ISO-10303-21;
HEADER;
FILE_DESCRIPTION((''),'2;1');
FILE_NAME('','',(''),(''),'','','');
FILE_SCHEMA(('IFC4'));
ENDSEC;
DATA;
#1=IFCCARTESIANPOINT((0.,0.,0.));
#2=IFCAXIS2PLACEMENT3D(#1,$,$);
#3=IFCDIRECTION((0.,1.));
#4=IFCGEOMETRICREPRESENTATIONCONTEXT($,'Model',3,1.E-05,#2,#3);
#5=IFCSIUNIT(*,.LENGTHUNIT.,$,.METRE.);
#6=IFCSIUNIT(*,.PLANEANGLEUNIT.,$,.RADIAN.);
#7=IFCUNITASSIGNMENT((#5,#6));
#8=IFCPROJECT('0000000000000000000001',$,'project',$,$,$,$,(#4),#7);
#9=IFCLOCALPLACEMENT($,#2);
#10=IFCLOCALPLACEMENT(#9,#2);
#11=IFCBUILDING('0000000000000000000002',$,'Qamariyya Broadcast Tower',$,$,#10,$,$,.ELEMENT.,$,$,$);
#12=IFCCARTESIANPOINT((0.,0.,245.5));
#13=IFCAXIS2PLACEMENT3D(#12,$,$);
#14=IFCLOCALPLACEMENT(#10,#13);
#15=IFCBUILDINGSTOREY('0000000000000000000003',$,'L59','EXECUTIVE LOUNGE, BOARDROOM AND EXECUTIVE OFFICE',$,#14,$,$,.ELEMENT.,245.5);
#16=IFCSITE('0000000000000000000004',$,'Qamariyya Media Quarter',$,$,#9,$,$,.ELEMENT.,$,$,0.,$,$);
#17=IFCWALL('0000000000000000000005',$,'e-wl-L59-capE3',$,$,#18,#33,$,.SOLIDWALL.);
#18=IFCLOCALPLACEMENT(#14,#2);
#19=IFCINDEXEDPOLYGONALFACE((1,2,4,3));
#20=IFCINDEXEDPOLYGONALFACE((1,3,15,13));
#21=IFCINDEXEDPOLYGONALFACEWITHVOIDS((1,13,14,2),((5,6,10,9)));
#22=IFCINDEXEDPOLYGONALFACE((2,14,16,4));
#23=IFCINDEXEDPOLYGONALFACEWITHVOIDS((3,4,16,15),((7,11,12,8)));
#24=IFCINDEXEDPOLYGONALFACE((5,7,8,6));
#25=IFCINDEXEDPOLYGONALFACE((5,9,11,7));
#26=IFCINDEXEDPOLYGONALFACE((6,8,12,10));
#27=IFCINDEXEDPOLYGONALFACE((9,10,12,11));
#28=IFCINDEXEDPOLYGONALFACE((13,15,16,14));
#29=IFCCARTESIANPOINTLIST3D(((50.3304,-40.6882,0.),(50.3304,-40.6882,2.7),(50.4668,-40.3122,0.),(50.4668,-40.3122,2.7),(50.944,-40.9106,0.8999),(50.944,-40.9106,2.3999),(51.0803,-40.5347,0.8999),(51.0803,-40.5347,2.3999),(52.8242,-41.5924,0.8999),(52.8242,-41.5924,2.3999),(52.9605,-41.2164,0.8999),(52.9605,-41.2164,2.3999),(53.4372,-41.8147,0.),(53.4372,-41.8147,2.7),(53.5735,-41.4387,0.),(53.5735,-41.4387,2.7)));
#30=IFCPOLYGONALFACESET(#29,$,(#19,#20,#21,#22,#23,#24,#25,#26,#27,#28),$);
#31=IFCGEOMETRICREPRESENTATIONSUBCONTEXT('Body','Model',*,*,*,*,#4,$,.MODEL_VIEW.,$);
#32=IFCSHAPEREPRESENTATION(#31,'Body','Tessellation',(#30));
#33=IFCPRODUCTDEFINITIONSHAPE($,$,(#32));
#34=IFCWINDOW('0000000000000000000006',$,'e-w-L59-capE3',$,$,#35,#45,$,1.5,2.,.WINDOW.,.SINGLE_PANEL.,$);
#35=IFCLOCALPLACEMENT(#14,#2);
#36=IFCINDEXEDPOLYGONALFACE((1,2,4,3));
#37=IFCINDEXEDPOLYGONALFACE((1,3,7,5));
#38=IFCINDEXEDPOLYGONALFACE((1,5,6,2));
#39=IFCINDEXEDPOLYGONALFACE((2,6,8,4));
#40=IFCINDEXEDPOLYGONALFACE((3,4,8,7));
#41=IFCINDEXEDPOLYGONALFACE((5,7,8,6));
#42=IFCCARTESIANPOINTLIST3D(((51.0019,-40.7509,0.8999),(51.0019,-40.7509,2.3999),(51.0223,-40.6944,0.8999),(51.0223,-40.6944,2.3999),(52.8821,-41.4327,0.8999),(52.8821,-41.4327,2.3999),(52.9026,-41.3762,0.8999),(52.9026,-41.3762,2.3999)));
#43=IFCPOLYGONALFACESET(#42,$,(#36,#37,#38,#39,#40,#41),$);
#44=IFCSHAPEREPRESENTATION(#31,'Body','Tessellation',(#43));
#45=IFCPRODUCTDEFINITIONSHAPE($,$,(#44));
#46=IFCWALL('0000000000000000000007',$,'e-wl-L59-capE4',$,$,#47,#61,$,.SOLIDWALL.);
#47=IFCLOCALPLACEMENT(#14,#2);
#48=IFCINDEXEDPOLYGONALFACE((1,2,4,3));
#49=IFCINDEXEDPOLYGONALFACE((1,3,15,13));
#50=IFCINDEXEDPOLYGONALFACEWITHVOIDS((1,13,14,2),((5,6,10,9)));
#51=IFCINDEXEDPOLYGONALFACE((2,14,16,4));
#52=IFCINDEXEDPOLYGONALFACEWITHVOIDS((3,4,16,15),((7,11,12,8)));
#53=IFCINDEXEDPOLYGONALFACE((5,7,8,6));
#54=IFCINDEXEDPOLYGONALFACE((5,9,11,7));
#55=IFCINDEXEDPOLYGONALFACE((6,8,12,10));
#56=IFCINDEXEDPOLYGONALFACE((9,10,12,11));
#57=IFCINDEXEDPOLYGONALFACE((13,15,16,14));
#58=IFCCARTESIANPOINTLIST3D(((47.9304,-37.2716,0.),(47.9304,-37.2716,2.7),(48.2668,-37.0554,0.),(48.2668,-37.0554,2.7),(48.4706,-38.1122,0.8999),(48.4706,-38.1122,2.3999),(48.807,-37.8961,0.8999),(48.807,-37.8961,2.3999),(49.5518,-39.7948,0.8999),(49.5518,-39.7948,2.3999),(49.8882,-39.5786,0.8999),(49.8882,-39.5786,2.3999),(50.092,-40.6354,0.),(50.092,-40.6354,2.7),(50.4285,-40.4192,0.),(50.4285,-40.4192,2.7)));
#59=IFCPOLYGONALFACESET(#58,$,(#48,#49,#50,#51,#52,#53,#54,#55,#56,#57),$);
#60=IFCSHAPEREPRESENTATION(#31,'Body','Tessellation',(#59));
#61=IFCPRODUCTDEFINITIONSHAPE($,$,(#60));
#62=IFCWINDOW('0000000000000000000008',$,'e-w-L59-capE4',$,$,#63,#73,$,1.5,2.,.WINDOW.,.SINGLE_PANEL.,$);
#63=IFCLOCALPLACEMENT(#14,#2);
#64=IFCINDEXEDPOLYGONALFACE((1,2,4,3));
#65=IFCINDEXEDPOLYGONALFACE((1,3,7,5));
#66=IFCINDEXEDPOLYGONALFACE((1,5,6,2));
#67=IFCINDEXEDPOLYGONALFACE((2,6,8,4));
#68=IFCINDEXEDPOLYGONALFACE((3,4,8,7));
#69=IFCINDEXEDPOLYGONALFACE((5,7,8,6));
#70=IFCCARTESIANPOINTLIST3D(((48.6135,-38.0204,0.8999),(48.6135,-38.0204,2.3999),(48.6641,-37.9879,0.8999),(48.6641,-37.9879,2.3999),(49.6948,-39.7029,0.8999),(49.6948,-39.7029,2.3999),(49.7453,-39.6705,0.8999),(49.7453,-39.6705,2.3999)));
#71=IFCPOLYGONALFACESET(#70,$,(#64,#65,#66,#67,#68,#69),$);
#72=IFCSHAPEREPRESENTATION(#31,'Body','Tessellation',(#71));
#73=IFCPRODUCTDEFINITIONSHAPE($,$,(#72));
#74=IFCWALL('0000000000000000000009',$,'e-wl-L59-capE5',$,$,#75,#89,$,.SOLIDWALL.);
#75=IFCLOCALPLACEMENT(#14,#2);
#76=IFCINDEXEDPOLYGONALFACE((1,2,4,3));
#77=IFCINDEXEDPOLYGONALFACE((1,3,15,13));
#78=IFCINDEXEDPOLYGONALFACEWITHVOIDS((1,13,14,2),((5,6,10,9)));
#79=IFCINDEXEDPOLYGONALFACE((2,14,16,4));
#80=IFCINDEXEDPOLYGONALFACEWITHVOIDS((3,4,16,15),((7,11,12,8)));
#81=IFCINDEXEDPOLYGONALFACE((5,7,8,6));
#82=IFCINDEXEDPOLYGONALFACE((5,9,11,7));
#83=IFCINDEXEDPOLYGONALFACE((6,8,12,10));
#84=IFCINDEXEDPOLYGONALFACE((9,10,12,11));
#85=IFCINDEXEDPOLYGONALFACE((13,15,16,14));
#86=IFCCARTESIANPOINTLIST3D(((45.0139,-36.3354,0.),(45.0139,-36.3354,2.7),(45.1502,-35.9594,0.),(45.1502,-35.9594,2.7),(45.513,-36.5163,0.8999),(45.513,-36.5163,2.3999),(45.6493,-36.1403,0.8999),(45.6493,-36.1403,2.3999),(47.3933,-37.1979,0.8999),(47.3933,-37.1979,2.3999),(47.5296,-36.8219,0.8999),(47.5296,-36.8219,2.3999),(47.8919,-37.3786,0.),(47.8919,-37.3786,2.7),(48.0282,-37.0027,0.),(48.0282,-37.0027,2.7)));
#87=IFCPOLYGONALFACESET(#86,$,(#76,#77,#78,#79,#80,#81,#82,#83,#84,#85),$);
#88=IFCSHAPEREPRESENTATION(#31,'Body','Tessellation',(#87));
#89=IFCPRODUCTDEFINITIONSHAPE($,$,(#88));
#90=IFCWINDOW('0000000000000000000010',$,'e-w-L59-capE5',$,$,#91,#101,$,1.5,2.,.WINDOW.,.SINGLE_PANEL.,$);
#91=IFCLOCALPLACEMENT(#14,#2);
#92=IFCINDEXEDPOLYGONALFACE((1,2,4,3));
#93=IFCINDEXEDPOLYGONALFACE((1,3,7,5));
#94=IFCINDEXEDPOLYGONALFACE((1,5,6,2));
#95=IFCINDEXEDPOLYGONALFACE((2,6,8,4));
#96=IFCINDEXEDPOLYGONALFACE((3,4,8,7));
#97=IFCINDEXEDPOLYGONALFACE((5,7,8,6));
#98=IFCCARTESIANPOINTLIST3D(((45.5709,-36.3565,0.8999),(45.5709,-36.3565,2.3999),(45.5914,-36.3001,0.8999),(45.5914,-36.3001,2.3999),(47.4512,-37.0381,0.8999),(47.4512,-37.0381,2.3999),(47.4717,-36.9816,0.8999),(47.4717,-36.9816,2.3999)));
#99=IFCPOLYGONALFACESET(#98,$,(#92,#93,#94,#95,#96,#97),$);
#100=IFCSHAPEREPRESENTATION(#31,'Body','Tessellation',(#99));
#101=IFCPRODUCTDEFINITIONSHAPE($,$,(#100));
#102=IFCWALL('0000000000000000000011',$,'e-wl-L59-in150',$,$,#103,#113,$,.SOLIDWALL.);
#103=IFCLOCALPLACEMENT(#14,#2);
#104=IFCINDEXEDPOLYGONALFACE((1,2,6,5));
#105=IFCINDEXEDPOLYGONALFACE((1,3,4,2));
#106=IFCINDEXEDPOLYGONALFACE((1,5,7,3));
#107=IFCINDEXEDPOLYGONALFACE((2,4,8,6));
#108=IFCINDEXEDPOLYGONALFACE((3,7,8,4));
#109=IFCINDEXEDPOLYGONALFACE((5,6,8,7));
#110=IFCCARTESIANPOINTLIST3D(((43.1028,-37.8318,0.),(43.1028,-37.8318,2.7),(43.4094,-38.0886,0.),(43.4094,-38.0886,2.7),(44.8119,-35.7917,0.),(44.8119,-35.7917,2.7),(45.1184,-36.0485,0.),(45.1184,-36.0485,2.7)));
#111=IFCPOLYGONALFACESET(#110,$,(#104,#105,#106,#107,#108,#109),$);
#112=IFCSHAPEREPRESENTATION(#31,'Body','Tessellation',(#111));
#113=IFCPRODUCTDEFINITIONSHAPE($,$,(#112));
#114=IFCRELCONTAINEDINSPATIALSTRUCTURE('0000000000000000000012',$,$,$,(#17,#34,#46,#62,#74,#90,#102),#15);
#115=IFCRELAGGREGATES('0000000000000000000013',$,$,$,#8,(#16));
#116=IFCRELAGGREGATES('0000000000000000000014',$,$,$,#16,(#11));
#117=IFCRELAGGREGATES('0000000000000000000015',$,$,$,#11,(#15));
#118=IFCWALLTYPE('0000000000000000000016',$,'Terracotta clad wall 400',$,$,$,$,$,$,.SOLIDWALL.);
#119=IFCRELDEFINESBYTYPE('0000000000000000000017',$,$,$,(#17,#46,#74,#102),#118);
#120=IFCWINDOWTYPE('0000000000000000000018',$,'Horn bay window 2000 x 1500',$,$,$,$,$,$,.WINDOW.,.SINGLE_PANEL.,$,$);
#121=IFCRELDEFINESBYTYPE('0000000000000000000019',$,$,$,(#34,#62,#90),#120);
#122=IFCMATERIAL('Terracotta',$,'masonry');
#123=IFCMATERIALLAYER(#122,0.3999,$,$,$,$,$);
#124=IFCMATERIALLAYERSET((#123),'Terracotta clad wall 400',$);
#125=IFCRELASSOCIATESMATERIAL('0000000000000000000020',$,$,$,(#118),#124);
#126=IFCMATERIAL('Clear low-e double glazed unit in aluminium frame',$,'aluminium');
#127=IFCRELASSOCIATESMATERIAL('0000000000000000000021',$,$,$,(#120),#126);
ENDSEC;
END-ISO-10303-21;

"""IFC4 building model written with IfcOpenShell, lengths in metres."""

from ifc_helpers import new_model, si_unit, direction, frame, frame_2d, origin, place, context, subcontext, project, spatial, rectangle, extrude, material, layer, layer_set, type_object, element, fill, save


model = new_model("IFC4")

# Units and contexts
model_context = context("Model", 3, precision=1e-05, world=origin(), true_north=direction((0.0, 1.0)))
body_context = subcontext(model_context, "Body", "Model", "MODEL_VIEW")
ifc_project = project(units=[si_unit("LENGTHUNIT", "METRE"), si_unit("PLANEANGLEUNIT", "RADIAN")], contexts=[model_context])

# Site, building, storey
site_placement = place(None, origin())
site = spatial("IfcSite", under=ifc_project, at=site_placement, Name="Qamariyya Media Quarter", CompositionType="ELEMENT", RefElevation=0.0)
building_placement = place(site_placement, origin())
building = spatial("IfcBuilding", under=site, at=building_placement, Name="Qamariyya Broadcast Tower", CompositionType="ELEMENT")
storey_placement = place(building_placement, frame((0.0, 0.0, 245.5)))
storey = spatial("IfcBuildingStorey", under=building, at=storey_placement, Name="L59", Description="EXECUTIVE LOUNGE, BOARDROOM AND EXECUTIVE OFFICE", CompositionType="ELEMENT", Elevation=245.5)

# Walls, openings, windows
ifc_material_1 = material(Name="Terracotta", Category="masonry")
ifc_layer = layer(ifc_material_1, 0.3999)
ifc_layer_set = layer_set([ifc_layer], Name="Terracotta clad wall 400")
wall_type = type_object("IfcWallType", Name="Terracotta clad wall 400", PredefinedType="SOLIDWALL", material=ifc_layer_set)
ifc_material_2 = material(Name="Clear low-e double glazed unit in aluminium frame", Category="aluminium")
window_type = type_object("IfcWindowType", Name="Horn bay window 2000 x 1500", PartitioningType="SINGLE_PANEL", PredefinedType="WINDOW", material=ifc_material_2)
wall_1_placement = place(storey_placement, frame((53.5054, -41.6267, 0.0), z_axis=(0.0, 0.0, 1.0), x_axis=(-0.940108, 0.340877, 0.0)))
wall_1 = element("IfcWall", 1, at=wall_1_placement, inside=storey, type_object=wall_type, Name="e-wl-L59-capE3", PredefinedType="SOLIDWALL", context=body_context, shape_type="SweptSolid", body=[
    extrude(rectangle(XDim=3.3047, YDim=0.3999, at=frame_2d((1.6523, 0.0))), origin(), (0.0, 0.0, 1.0), 2.7),
])
opening_1_placement = place(wall_1_placement, frame((0.6521, 0.0, 0.8999)))
opening_1 = element("IfcOpeningElement", 2, at=opening_1_placement, cuts=wall_1, PredefinedType="OPENING", context=body_context, shape_type="SweptSolid", body=[
    extrude(rectangle(XDim=2.0, YDim=1.5, at=frame_2d((1.0, 0.75))), frame((0.0, 0.21, 0.0), z_axis=(0.0, -1.0, 0.0), x_axis=(1.0, 0.0, 0.0)), (0.0, 0.0, 1.0), 0.4199),
])
window_1_placement = place(opening_1_placement, origin())
window_1 = element("IfcWindow", 3, at=window_1_placement, inside=storey, type_object=window_type, Name="e-w-L59-capE3", OverallHeight=1.5, OverallWidth=2.0, PartitioningType="SINGLE_PANEL", PredefinedType="WINDOW", context=body_context, shape_type="SweptSolid", body=[
    extrude(rectangle(XDim=2.0, YDim=1.5, at=frame_2d((1.0, 0.75))), frame((0.0, 0.03, 0.0), z_axis=(0.0, -1.0, 0.0), x_axis=(1.0, 0.0, 0.0)), (0.0, 0.0, 1.0), 0.0601),
])
fill(opening_1, window_1)
wall_2_placement = place(storey_placement, frame((50.2603, -40.5273, 0.0), z_axis=(0.0, 0.0, 1.0), x_axis=(-0.540616, 0.84127, 0.0)))
wall_2 = element("IfcWall", 4, at=wall_2_placement, inside=storey, type_object=wall_type, Name="e-wl-L59-capE4", PredefinedType="SOLIDWALL", context=body_context, shape_type="SweptSolid", body=[
    extrude(rectangle(XDim=3.9985, YDim=0.3999, at=frame_2d((1.9993, 0.0))), origin(), (0.0, 0.0, 1.0), 2.7),
])
opening_2_placement = place(wall_2_placement, frame((0.9993, 0.0, 0.8999)))
opening_2 = element("IfcOpeningElement", 5, at=opening_2_placement, cuts=wall_2, PredefinedType="OPENING", context=body_context, shape_type="SweptSolid", body=[
    extrude(rectangle(XDim=2.0, YDim=1.5, at=frame_2d((1.0, 0.75))), frame((0.0, 0.21, 0.0), z_axis=(0.0, -1.0, 0.0), x_axis=(1.0, 0.0, 0.0)), (0.0, 0.0, 1.0), 0.4199),
])
window_2_placement = place(opening_2_placement, origin())
window_2 = element("IfcWindow", 6, at=window_2_placement, inside=storey, type_object=window_type, Name="e-w-L59-capE4", OverallHeight=1.5, OverallWidth=2.0, PartitioningType="SINGLE_PANEL", PredefinedType="WINDOW", context=body_context, shape_type="SweptSolid", body=[
    extrude(rectangle(XDim=2.0, YDim=1.5, at=frame_2d((1.0, 0.75))), frame((0.0, 0.03, 0.0), z_axis=(0.0, -1.0, 0.0), x_axis=(1.0, 0.0, 0.0)), (0.0, 0.0, 1.0), 0.0601),
])
fill(opening_2, window_2)
wall_3_placement = place(storey_placement, frame((47.9602, -37.1907, 0.0), z_axis=(0.0, 0.0, 1.0), x_axis=(-0.94014, 0.340789, 0.0)))
wall_3 = element("IfcWall", 7, at=wall_3_placement, inside=storey, type_object=wall_type, Name="e-wl-L59-capE5", PredefinedType="SOLIDWALL", context=body_context, shape_type="SweptSolid", body=[
    extrude(rectangle(XDim=3.0613, YDim=0.3999, at=frame_2d((1.5308, 0.0))), origin(), (0.0, 0.0, 1.0), 2.7),
])
opening_3_placement = place(wall_3_placement, frame((0.5305, 0.0, 0.8999)))
opening_3 = element("IfcOpeningElement", 8, at=opening_3_placement, cuts=wall_3, PredefinedType="OPENING", context=body_context, shape_type="SweptSolid", body=[
    extrude(rectangle(XDim=2.0, YDim=1.5, at=frame_2d((1.0, 0.75))), frame((0.0, 0.21, 0.0), z_axis=(0.0, -1.0, 0.0), x_axis=(1.0, 0.0, 0.0)), (0.0, 0.0, 1.0), 0.4199),
])
window_3_placement = place(opening_3_placement, origin())
window_3 = element("IfcWindow", 9, at=window_3_placement, inside=storey, type_object=window_type, Name="e-w-L59-capE5", OverallHeight=1.5, OverallWidth=2.0, PartitioningType="SINGLE_PANEL", PredefinedType="WINDOW", context=body_context, shape_type="SweptSolid", body=[
    extrude(rectangle(XDim=2.0, YDim=1.5, at=frame_2d((1.0, 0.75))), frame((0.0, 0.03, 0.0), z_axis=(0.0, -1.0, 0.0), x_axis=(1.0, 0.0, 0.0)), (0.0, 0.0, 1.0), 0.0601),
])
fill(opening_3, window_3)

# Wall
wall_4_placement = place(storey_placement, frame((44.9651, -35.9202, 0.0), z_axis=(0.0, 0.0, 1.0), x_axis=(-0.642167, -0.766564, 0.0)))
element("IfcWall", 10, at=wall_4_placement, inside=storey, type_object=wall_type, Name="e-wl-L59-in150", PredefinedType="SOLIDWALL", context=body_context, shape_type="SweptSolid", body=[
    extrude(rectangle(XDim=2.6614, YDim=0.3999, at=frame_2d((1.3306, 0.0))), origin(), (0.0, 0.0, 1.0), 2.7),
])

save(model, "model.ifc")
